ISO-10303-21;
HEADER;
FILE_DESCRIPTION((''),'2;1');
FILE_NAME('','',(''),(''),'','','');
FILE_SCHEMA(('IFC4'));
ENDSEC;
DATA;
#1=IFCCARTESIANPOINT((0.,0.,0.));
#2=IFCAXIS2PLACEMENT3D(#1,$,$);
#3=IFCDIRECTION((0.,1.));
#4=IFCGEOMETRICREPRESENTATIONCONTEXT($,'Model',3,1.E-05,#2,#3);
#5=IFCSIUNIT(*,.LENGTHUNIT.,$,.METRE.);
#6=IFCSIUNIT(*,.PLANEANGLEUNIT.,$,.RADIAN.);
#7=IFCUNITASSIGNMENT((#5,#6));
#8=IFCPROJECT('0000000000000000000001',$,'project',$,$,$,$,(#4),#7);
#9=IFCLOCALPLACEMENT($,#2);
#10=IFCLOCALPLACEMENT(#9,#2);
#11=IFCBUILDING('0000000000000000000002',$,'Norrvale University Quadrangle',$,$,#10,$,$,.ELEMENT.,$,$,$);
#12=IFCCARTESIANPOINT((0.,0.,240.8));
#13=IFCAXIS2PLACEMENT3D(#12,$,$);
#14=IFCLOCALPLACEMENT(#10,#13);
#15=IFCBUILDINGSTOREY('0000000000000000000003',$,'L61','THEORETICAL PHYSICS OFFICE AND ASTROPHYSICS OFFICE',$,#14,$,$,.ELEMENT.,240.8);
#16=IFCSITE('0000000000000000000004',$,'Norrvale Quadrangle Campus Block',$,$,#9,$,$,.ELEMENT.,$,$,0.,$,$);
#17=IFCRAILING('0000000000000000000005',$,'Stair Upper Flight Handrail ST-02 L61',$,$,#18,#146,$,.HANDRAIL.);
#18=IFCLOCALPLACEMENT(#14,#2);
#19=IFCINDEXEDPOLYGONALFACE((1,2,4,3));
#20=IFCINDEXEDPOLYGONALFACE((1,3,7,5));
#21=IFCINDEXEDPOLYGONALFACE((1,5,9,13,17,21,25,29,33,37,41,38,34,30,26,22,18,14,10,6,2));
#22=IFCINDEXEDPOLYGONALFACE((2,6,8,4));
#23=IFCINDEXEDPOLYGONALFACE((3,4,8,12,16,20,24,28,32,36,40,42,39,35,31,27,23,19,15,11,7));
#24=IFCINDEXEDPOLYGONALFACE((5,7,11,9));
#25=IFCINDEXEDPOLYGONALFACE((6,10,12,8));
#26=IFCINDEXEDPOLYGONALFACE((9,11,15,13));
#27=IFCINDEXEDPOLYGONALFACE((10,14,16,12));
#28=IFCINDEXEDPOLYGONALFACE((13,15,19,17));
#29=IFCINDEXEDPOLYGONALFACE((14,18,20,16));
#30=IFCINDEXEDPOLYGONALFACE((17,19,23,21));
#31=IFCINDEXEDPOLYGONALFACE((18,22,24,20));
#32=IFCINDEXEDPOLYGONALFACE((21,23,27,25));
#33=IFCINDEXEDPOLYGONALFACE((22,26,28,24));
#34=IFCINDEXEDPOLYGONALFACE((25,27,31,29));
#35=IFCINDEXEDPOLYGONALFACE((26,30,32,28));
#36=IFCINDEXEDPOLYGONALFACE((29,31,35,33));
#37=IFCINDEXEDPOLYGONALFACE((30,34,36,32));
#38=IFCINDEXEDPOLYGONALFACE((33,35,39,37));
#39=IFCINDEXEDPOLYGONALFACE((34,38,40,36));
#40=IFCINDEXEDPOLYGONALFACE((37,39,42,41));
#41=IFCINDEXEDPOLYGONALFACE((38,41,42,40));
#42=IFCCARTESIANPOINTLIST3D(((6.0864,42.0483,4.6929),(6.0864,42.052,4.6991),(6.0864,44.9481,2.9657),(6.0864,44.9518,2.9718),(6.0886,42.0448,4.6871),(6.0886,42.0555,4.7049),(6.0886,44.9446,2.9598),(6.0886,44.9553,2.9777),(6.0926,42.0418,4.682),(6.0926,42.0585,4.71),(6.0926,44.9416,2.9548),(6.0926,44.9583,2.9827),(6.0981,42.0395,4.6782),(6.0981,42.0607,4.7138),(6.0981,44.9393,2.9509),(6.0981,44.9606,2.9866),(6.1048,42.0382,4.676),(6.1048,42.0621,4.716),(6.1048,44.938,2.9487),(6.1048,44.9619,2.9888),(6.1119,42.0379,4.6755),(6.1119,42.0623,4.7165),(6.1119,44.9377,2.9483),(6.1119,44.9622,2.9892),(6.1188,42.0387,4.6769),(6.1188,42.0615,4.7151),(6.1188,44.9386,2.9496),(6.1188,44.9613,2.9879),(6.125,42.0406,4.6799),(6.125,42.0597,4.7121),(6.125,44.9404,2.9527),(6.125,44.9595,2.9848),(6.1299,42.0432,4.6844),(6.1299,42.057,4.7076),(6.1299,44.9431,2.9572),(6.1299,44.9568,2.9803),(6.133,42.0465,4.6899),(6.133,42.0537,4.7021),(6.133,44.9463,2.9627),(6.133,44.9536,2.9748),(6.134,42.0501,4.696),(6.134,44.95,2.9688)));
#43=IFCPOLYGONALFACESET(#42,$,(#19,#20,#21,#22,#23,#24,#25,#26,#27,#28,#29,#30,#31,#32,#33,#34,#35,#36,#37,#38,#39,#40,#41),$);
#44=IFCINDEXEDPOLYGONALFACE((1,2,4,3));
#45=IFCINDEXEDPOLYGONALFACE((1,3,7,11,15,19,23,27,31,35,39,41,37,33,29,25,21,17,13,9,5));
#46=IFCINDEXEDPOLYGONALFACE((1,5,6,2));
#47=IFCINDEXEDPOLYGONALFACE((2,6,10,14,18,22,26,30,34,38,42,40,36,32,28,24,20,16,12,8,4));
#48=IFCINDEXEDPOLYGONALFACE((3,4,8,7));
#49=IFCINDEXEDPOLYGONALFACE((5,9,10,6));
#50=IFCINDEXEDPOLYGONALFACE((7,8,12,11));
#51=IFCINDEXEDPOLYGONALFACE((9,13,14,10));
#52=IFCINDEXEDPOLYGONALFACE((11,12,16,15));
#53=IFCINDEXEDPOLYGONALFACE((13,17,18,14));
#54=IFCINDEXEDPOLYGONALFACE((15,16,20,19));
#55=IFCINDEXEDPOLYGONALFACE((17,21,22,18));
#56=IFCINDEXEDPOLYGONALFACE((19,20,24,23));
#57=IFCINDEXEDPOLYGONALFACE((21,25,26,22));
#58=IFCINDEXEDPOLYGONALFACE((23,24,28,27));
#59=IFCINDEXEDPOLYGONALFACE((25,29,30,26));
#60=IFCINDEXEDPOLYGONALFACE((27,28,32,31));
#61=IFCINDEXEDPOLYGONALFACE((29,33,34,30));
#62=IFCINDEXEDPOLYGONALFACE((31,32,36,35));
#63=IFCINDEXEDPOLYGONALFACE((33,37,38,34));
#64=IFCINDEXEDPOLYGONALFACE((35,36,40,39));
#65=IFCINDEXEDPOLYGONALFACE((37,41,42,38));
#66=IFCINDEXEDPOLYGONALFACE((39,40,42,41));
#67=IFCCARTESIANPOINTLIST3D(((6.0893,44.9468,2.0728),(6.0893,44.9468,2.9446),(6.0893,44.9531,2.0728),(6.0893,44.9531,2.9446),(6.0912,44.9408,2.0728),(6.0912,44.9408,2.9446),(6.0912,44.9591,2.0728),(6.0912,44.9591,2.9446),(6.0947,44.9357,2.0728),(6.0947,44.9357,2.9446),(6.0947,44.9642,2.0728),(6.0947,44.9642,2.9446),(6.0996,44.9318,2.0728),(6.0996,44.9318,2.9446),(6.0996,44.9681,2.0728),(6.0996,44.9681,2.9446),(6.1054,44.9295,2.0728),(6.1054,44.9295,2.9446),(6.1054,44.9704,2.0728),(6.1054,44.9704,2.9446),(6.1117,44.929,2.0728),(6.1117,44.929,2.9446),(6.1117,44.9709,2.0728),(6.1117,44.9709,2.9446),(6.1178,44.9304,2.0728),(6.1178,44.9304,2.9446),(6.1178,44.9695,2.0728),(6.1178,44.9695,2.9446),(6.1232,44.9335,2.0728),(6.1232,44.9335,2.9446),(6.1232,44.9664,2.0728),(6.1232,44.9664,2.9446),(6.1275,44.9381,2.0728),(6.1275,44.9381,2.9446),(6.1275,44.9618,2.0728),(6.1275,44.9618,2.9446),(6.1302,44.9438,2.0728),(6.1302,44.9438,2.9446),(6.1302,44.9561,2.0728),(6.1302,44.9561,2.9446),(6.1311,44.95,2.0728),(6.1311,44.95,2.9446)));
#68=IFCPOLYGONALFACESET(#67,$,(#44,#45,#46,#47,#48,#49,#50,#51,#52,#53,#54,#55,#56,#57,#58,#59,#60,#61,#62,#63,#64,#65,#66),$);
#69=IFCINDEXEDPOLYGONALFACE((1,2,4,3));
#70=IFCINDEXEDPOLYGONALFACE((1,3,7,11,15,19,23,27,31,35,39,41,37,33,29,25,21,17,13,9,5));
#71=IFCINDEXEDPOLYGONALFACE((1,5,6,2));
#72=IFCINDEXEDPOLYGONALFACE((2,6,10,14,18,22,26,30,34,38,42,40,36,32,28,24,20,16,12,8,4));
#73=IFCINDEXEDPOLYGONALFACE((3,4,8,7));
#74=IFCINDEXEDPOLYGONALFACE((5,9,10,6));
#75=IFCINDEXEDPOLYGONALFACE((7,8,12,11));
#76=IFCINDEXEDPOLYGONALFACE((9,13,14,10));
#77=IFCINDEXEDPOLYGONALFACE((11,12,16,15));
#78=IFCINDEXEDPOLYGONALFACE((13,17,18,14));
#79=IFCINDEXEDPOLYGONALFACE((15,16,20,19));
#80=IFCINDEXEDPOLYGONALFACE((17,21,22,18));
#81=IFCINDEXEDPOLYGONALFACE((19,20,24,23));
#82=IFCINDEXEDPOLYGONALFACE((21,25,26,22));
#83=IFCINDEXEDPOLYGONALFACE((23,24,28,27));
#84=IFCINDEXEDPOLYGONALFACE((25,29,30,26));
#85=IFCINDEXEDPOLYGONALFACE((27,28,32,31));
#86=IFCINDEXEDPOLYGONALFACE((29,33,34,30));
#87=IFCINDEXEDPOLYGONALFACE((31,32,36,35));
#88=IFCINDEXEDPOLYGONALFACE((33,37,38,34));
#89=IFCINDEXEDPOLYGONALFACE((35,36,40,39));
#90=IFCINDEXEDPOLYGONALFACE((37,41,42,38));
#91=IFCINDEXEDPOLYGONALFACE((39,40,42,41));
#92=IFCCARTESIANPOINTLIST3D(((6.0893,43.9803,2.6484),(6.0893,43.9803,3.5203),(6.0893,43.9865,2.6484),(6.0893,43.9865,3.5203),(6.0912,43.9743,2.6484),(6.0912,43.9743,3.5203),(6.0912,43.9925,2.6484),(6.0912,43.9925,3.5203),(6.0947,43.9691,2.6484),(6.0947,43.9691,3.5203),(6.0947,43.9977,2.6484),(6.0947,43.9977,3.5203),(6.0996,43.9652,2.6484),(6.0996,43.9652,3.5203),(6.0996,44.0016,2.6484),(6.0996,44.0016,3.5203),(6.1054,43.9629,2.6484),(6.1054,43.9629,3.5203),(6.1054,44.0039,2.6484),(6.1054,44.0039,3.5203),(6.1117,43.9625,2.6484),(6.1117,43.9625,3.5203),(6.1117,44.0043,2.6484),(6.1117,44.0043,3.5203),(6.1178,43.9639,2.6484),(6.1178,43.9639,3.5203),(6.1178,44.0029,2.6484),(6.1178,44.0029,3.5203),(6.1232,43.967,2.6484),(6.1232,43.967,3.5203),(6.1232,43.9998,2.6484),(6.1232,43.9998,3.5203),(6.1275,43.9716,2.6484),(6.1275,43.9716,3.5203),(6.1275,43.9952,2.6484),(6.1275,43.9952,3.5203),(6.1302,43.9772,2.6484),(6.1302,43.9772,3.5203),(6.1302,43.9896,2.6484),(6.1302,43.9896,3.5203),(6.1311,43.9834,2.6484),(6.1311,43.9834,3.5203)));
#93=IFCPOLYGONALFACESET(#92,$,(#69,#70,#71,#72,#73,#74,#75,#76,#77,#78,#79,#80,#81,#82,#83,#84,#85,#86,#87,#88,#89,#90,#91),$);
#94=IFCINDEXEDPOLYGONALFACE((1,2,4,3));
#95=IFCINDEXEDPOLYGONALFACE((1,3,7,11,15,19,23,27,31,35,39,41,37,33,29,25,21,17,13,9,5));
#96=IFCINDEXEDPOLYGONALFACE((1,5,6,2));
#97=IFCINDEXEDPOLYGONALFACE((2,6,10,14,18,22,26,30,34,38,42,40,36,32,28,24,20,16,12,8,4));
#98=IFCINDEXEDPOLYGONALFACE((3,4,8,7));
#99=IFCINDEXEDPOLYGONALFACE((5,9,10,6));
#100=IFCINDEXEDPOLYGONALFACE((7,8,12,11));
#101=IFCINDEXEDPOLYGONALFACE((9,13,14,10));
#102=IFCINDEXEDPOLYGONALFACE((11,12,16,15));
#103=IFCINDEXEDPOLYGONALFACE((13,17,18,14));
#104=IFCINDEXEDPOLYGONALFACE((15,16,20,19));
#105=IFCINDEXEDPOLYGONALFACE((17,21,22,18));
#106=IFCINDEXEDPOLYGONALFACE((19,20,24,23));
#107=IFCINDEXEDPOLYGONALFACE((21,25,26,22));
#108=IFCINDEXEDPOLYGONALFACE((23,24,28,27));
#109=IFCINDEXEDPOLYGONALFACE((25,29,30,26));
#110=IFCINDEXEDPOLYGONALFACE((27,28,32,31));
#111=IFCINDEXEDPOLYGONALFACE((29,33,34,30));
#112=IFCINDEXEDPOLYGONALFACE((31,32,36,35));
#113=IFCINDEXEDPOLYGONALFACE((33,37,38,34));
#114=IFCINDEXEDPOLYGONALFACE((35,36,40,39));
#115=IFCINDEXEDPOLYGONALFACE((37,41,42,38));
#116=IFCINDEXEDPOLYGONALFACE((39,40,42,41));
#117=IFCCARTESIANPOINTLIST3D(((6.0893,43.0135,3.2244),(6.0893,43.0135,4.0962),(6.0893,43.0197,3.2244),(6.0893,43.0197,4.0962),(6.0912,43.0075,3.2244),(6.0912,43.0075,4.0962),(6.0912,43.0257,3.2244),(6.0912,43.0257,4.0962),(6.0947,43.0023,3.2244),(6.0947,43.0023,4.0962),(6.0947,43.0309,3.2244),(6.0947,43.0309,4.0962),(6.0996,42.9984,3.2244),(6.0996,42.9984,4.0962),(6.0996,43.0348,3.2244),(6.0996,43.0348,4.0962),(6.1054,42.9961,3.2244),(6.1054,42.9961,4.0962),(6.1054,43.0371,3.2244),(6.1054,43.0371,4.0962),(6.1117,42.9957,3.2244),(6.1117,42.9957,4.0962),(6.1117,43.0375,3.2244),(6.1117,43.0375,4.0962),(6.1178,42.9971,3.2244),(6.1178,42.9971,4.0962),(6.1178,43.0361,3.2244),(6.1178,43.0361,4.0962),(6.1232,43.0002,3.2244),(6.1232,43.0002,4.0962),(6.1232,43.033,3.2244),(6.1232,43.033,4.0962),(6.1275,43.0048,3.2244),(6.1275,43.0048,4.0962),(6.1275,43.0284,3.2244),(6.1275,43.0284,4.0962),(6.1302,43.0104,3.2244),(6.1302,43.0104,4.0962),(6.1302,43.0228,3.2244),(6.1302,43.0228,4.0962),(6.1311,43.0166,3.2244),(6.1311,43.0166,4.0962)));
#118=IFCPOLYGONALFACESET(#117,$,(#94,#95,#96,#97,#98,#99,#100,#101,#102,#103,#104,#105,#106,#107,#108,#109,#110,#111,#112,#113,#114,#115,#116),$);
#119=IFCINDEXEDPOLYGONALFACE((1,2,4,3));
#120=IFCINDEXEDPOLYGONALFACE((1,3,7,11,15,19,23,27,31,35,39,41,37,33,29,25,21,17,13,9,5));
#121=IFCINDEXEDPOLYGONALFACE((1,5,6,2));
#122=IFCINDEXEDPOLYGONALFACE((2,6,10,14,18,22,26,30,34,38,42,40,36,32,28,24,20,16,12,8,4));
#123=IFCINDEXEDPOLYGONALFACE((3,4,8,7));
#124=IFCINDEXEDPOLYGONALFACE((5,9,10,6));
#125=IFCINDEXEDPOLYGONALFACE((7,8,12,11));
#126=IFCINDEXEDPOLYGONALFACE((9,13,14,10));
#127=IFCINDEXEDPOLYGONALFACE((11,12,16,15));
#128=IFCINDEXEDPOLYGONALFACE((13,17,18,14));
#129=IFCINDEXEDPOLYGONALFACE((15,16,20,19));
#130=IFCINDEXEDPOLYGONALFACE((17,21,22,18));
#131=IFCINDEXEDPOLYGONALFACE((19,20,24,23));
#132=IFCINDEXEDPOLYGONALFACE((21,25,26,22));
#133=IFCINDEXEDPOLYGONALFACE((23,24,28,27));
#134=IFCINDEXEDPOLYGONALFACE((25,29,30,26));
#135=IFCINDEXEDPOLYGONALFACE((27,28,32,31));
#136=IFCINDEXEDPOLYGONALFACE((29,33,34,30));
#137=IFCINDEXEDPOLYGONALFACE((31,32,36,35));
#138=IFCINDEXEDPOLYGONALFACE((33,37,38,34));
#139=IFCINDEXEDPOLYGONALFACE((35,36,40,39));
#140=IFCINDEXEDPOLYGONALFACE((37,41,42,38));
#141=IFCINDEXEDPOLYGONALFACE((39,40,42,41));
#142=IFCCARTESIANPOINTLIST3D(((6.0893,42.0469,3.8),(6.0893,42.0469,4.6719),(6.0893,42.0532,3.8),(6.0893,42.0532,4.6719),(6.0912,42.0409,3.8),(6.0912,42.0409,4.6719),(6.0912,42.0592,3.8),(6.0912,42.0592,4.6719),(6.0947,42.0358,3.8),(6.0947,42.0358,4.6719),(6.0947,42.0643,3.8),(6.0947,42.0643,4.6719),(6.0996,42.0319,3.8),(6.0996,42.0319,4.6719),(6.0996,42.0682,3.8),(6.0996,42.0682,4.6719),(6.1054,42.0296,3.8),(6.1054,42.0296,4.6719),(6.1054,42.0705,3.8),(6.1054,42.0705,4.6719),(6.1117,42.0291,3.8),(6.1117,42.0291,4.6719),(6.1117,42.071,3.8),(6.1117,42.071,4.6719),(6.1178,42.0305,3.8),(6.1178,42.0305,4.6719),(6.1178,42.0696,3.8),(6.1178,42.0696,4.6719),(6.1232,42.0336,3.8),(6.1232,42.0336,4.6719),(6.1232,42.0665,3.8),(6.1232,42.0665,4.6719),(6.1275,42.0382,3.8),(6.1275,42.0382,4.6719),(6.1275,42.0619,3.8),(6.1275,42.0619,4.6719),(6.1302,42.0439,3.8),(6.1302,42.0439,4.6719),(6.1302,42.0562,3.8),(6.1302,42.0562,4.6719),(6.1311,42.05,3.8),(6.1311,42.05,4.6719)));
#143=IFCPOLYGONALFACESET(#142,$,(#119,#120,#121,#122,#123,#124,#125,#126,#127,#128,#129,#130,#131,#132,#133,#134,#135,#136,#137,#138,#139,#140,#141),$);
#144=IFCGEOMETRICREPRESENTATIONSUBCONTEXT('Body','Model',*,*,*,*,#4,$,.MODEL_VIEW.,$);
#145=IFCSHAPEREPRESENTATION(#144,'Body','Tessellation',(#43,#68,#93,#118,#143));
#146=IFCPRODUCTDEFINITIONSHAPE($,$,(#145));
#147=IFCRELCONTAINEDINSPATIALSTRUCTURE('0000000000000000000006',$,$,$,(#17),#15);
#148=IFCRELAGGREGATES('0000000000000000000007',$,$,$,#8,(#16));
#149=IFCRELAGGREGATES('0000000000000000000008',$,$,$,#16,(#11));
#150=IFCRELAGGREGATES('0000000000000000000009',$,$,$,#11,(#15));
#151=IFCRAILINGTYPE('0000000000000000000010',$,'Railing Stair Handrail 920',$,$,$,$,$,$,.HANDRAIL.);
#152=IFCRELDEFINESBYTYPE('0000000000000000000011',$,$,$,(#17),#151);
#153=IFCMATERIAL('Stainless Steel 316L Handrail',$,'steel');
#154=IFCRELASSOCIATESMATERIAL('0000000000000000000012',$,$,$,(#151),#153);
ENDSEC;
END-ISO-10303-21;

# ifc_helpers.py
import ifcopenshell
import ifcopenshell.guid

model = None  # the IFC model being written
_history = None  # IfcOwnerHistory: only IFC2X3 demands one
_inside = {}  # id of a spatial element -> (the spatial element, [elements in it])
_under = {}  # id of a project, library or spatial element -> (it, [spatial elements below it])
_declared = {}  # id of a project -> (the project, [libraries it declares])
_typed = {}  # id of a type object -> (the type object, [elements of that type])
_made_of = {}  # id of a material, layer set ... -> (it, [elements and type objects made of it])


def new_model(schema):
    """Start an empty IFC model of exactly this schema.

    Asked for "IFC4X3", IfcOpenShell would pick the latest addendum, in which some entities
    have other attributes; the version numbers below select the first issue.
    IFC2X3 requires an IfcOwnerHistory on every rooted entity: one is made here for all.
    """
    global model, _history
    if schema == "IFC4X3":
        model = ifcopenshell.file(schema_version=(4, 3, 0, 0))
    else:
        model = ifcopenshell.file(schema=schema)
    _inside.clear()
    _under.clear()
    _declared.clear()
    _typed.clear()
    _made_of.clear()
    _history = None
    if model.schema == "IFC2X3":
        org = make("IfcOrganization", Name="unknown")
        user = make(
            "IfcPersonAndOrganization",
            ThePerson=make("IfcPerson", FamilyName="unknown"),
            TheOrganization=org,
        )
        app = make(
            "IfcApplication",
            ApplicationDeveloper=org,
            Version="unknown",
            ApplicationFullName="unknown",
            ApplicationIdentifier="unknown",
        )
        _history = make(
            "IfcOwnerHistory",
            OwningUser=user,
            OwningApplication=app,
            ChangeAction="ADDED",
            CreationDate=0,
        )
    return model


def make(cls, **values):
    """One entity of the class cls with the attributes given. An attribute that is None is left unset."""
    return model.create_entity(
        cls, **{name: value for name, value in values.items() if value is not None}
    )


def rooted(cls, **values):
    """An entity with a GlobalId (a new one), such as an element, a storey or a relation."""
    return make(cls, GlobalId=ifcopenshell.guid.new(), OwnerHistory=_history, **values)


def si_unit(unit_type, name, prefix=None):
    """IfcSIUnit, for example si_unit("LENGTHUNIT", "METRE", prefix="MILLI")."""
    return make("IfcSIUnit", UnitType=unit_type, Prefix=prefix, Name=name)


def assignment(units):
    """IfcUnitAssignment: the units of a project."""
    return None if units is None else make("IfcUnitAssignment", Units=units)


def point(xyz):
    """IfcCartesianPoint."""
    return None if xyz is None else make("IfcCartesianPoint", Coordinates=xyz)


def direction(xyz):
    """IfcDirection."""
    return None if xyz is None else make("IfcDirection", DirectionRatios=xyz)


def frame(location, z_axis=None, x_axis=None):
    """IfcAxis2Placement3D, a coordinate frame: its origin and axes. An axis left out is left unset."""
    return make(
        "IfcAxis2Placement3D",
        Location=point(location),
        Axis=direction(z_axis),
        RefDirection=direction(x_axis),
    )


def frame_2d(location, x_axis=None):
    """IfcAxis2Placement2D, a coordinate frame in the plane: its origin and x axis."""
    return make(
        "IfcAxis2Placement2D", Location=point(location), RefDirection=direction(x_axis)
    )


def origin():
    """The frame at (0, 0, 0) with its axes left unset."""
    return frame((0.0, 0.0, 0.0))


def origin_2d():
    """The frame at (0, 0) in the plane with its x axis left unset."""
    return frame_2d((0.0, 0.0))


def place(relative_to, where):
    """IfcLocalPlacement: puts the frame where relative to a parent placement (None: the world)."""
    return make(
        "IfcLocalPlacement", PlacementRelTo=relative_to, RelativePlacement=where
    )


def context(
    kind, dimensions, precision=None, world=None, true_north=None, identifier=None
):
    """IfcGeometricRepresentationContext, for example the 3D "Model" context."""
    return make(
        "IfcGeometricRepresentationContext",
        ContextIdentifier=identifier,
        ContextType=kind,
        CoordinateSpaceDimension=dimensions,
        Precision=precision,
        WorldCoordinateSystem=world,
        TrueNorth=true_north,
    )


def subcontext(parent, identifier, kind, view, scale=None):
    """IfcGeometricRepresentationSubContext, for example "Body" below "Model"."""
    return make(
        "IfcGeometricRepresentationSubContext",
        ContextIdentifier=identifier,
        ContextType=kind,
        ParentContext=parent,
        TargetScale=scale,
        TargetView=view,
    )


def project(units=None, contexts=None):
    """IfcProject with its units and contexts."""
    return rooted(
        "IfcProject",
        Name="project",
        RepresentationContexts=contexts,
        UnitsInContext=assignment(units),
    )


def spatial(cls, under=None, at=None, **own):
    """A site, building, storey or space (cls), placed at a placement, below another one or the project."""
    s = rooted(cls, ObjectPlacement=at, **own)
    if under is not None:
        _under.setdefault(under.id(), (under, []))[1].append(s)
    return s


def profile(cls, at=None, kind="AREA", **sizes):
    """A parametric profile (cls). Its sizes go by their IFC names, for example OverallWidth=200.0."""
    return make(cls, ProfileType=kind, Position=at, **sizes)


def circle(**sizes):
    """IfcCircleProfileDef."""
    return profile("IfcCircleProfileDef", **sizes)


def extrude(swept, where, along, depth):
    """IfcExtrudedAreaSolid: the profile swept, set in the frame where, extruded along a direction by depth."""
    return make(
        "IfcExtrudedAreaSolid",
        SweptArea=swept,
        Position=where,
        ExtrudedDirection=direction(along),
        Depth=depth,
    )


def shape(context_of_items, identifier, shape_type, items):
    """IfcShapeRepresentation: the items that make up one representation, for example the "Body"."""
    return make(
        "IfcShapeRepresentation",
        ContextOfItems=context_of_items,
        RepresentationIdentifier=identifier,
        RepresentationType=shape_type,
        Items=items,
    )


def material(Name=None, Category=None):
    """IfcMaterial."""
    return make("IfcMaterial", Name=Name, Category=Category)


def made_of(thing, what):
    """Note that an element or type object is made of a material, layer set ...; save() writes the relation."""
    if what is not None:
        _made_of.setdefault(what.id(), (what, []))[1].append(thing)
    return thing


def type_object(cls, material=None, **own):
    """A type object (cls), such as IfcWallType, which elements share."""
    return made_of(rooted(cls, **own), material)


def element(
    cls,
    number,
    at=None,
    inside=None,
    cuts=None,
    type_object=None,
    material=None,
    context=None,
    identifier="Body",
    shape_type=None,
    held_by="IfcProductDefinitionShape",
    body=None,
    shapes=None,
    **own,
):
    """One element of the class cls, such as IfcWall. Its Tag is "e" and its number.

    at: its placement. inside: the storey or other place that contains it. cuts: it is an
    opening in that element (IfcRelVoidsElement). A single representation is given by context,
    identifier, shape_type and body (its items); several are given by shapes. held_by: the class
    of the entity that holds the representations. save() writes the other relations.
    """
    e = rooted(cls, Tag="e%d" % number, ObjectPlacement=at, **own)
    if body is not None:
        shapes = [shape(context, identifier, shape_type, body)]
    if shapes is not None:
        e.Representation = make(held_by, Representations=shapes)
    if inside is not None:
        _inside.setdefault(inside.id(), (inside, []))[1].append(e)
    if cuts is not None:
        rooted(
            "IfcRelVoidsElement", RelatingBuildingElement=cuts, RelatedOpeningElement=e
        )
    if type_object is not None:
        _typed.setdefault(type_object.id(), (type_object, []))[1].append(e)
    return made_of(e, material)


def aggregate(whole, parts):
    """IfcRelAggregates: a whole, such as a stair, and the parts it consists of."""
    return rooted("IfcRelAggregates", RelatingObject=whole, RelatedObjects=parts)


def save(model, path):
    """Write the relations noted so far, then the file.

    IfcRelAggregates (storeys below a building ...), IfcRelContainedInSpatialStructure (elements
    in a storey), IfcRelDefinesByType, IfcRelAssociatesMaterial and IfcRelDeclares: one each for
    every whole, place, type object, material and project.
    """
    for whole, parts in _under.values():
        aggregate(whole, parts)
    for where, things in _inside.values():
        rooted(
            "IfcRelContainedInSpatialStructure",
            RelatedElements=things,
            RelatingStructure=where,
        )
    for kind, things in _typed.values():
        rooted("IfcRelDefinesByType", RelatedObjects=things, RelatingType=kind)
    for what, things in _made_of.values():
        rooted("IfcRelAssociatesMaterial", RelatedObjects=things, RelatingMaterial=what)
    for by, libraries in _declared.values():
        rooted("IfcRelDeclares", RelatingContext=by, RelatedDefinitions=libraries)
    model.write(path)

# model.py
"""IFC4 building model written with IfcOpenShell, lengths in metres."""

from ifc_helpers import new_model, si_unit, direction, frame, origin, origin_2d, place, context, subcontext, project, spatial, circle, extrude, material, type_object, element, save


model = new_model("IFC4")

# Units and contexts
model_context = context("Model", 3, precision=1e-05, world=origin(), true_north=direction((0.0, 1.0)))
body_context = subcontext(model_context, "Body", "Model", "MODEL_VIEW")
ifc_project = project(units=[si_unit("LENGTHUNIT", "METRE"), si_unit("PLANEANGLEUNIT", "RADIAN")], contexts=[model_context])

# Site, building, storey
site_placement = place(None, origin())
site = spatial("IfcSite", under=ifc_project, at=site_placement, Name="Norrvale Quadrangle Campus Block", CompositionType="ELEMENT", RefElevation=0.0)
building_placement = place(site_placement, origin())
building = spatial("IfcBuilding", under=site, at=building_placement, Name="Norrvale University Quadrangle", CompositionType="ELEMENT")
storey_placement = place(building_placement, frame((0.0, 0.0, 240.8)))
storey = spatial("IfcBuildingStorey", under=building, at=storey_placement, Name="L61", Description="THEORETICAL PHYSICS OFFICE AND ASTROPHYSICS OFFICE", CompositionType="ELEMENT", Elevation=240.8)

# Railing
ifc_material_1 = material(Name="Stainless Steel 316L Handrail", Category="steel")
railing_type_1 = type_object("IfcRailingType", Name="Railing Stair Handrail 920", PredefinedType="HANDRAIL", material=ifc_material_1)
railing_1_placement = place(storey_placement, frame((6.1101, 44.95, 2.0728)))
element("IfcRailing", 1, at=railing_1_placement, inside=storey, type_object=railing_type_1, Name="Stair Upper Flight Handrail ST-02 L61", PredefinedType="HANDRAIL", context=body_context, shape_type="SweptSolid", body=[
    extrude(circle(Radius=0.0239, at=origin_2d()), frame((0.0, 0.0, 0.896), z_axis=(0.0, -0.859141, 0.511738), x_axis=(1.0, 0.0, 0.0)), (0.0, 0.0, 1.0), 3.3752),
    extrude(circle(Radius=0.021, at=origin_2d()), origin(), (0.0, 0.0, 1.0), 0.8718),
    extrude(circle(Radius=0.021, at=origin_2d()), frame((0.0, -0.9666, 0.5757)), (0.0, 0.0, 1.0), 0.8718),
    extrude(circle(Radius=0.021, at=origin_2d()), frame((0.0, -1.9333, 1.1516)), (0.0, 0.0, 1.0), 0.8718),
    extrude(circle(Radius=0.021, at=origin_2d()), frame((0.0, -2.8999, 1.7273)), (0.0, 0.0, 1.0), 0.8718),
])

save(model, "model.ifc")
